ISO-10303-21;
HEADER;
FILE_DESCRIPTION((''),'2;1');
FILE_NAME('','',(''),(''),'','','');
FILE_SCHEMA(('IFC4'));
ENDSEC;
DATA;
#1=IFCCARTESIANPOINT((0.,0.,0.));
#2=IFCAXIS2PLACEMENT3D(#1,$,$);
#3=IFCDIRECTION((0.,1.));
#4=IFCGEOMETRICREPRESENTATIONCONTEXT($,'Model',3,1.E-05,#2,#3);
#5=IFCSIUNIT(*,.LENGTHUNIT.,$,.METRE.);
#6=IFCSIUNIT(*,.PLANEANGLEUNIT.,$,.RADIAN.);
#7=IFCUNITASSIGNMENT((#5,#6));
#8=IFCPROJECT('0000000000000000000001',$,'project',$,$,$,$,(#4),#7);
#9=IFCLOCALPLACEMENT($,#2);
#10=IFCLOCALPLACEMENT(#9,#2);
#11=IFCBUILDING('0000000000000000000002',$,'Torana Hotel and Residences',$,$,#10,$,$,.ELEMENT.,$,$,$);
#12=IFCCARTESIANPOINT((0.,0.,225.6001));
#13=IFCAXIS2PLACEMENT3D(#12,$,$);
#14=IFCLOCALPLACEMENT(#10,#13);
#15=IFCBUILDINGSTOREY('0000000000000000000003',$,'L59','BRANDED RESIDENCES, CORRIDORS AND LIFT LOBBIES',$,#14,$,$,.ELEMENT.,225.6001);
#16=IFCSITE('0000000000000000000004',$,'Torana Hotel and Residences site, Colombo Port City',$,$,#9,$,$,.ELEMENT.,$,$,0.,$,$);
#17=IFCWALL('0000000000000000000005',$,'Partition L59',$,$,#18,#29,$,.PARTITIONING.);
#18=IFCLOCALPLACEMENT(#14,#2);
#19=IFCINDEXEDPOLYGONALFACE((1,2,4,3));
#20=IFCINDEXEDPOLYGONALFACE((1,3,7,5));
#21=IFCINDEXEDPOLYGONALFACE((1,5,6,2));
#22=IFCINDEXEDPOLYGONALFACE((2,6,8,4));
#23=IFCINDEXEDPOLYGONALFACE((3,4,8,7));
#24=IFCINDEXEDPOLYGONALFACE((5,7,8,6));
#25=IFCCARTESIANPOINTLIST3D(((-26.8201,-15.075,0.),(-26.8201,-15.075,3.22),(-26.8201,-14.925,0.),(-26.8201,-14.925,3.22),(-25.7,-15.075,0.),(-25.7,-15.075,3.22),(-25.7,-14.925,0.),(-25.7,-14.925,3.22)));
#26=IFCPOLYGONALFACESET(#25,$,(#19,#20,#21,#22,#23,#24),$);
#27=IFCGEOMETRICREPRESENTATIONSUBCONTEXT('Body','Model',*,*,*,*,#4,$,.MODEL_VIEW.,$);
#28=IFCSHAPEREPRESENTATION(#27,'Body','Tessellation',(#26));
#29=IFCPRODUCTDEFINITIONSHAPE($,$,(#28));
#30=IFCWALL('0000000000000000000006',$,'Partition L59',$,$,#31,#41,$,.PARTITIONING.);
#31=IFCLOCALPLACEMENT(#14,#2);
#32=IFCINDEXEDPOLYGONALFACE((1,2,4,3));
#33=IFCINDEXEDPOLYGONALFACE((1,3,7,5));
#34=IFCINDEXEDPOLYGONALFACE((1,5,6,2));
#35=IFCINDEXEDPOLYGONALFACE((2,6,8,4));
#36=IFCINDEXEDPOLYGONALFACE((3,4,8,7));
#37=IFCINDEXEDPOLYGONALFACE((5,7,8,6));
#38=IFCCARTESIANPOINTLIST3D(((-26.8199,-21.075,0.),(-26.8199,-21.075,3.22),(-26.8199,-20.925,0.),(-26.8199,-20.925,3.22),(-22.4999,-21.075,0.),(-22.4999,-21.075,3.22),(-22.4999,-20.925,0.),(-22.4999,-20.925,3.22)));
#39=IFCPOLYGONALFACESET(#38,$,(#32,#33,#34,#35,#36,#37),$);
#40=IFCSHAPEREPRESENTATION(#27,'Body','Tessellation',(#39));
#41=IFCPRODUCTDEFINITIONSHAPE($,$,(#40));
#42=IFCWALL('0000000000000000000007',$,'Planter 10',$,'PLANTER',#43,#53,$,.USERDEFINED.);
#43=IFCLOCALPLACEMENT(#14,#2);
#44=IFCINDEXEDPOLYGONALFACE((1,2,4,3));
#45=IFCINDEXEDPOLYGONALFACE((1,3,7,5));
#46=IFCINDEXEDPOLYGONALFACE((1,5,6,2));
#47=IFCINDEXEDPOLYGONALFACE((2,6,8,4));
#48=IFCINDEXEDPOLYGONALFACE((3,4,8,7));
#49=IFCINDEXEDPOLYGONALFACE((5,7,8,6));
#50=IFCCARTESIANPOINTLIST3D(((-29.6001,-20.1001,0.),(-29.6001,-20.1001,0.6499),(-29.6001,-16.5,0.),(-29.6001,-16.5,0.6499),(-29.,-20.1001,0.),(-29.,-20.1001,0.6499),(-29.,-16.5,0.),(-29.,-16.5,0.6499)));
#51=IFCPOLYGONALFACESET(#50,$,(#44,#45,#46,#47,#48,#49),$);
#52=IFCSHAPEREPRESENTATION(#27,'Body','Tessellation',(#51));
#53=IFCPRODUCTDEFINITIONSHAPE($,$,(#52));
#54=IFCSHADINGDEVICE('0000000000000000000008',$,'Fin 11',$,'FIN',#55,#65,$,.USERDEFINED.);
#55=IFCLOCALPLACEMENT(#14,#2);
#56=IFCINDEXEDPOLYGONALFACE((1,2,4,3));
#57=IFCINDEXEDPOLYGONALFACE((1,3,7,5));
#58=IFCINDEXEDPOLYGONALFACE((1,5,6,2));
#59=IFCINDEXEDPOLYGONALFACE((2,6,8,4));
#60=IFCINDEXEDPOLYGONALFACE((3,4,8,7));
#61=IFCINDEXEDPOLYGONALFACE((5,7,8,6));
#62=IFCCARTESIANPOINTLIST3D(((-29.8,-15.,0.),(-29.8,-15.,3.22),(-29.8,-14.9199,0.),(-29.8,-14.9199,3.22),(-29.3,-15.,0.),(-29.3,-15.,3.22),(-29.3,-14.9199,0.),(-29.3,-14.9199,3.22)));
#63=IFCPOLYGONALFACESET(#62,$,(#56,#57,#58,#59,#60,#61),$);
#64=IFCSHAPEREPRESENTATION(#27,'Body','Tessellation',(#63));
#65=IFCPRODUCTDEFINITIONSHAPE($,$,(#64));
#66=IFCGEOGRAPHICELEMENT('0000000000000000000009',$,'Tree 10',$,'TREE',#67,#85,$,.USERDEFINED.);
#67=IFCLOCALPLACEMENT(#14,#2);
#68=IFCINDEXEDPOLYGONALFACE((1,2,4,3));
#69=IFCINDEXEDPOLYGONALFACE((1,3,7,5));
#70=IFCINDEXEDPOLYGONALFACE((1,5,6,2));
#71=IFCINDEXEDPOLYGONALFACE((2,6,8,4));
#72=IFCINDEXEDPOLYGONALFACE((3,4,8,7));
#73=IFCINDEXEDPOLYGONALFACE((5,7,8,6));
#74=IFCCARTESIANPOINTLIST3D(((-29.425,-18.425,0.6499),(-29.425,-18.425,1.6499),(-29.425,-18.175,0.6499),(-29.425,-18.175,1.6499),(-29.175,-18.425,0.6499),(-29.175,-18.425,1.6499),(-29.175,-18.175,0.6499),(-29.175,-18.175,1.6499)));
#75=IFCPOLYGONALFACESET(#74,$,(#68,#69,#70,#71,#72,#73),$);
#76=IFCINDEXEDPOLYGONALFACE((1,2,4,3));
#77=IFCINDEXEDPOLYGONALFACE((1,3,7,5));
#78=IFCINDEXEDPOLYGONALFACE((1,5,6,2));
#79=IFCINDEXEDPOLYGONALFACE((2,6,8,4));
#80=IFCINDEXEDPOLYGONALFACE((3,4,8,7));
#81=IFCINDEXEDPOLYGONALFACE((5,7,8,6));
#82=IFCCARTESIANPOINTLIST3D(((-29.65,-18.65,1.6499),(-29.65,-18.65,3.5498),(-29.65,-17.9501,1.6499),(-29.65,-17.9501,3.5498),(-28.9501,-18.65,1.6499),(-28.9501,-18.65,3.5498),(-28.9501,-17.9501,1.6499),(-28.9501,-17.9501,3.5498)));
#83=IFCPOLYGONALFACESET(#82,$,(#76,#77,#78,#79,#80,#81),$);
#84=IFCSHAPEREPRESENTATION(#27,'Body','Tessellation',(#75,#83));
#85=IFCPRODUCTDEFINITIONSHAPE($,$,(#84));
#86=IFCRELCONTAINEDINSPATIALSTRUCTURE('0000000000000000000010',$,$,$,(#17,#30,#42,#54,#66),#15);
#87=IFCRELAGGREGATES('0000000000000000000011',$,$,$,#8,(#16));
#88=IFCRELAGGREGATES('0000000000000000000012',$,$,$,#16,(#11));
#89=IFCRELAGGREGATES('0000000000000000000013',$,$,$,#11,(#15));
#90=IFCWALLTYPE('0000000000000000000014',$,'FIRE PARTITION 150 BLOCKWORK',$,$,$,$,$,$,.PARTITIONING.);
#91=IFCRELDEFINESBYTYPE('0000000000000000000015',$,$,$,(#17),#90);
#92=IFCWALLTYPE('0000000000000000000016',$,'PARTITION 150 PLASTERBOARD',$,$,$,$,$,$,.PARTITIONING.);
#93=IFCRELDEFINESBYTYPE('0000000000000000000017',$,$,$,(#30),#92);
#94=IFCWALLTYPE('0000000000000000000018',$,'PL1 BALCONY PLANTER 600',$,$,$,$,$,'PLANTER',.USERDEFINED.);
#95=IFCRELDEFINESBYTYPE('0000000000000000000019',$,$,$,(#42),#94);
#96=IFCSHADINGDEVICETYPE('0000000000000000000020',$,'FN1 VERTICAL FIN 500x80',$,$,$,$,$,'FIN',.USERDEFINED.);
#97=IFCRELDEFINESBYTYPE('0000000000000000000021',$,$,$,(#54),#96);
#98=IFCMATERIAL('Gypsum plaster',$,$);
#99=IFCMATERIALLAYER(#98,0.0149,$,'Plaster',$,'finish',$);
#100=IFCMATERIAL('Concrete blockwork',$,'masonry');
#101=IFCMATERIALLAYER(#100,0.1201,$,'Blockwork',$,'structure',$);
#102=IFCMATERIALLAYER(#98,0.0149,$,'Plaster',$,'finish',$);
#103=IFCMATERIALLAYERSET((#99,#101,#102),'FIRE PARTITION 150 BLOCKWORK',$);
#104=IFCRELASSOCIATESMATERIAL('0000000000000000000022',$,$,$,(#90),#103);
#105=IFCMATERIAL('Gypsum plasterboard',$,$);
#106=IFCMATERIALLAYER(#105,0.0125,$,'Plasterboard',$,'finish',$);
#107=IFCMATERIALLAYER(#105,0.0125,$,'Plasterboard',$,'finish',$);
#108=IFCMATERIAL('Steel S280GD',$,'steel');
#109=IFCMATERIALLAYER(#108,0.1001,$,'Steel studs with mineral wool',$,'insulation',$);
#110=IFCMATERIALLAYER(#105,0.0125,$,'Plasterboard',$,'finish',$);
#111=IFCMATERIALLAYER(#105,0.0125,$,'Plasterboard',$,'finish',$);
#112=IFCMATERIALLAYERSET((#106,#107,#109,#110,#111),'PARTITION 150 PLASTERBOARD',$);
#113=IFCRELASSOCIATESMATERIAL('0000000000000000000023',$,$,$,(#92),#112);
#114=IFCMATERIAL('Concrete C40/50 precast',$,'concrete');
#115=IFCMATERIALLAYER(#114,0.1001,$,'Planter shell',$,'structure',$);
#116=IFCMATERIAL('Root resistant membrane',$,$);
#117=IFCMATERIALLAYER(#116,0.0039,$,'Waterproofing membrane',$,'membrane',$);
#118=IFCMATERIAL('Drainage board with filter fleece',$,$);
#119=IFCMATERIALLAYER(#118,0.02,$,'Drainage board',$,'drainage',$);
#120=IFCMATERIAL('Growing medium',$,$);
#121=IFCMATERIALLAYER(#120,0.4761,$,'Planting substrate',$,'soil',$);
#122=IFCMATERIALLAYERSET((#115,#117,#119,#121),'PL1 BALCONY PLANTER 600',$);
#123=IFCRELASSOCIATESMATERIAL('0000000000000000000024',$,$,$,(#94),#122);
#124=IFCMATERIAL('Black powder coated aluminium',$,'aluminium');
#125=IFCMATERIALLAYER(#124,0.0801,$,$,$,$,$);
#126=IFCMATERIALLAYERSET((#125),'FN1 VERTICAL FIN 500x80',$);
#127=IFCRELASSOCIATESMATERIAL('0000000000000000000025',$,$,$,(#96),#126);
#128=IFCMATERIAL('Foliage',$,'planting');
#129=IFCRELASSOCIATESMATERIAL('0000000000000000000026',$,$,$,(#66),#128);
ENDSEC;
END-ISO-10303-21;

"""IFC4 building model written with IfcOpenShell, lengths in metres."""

from ifc_helpers import new_model, si_unit, direction, frame, frame_2d, origin, origin_2d, place, context, subcontext, project, spatial, rectangle, extrude, material, layer, layer_set, type_object, element, save


model = new_model("IFC4")

# Units and contexts
model_context = context("Model", 3, precision=1e-05, world=origin(), true_north=direction((0.0, 1.0)))
body_context = subcontext(model_context, "Body", "Model", "MODEL_VIEW")
ifc_project = project(units=[si_unit("LENGTHUNIT", "METRE"), si_unit("PLANEANGLEUNIT", "RADIAN")], contexts=[model_context])

# Site, building, storey
site_placement = place(None, origin())
site = spatial("IfcSite", under=ifc_project, at=site_placement, Name="Torana Hotel and Residences site, Colombo Port City", CompositionType="ELEMENT", RefElevation=0.0)
building_placement = place(site_placement, origin())
building = spatial("IfcBuilding", under=site, at=building_placement, Name="Torana Hotel and Residences", CompositionType="ELEMENT")
storey_placement = place(building_placement, frame((0.0, 0.0, 225.6001)))
storey = spatial("IfcBuildingStorey", under=building, at=storey_placement, Name="L59", Description="BRANDED RESIDENCES, CORRIDORS AND LIFT LOBBIES", CompositionType="ELEMENT", Elevation=225.6001)

# Shared definitions
ifc_material_1 = material(Name="Gypsum plaster")
ifc_layer_1 = layer(ifc_material_1, 0.0149, Name="Plaster", Category="finish")
ifc_material_2 = material(Name="Concrete blockwork", Category="masonry")
ifc_layer_2 = layer(ifc_material_2, 0.1201, Name="Blockwork", Category="structure")
ifc_layer_3 = layer(ifc_material_1, 0.0149, Name="Plaster", Category="finish")
ifc_layer_set_1 = layer_set([ifc_layer_1, ifc_layer_2, ifc_layer_3], Name="FIRE PARTITION 150 BLOCKWORK")
wall_type_1 = type_object("IfcWallType", Name="FIRE PARTITION 150 BLOCKWORK", PredefinedType="PARTITIONING", material=ifc_layer_set_1)

# Walls
wall_1_placement = place(storey_placement, frame((-26.8201, -15.0, 0.0), z_axis=(0.0, 0.0, 1.0), x_axis=(1.0, 0.0, 0.0)))
element("IfcWall", 1, at=wall_1_placement, inside=storey, type_object=wall_type_1, Name="Partition L59", PredefinedType="PARTITIONING", context=body_context, shape_type="SweptSolid", body=[
    extrude(rectangle(XDim=1.1201, YDim=0.1499, at=frame_2d((0.5601, 0.0))), origin(), (0.0, 0.0, 1.0), 3.22),
])
ifc_material_3 = material(Name="Gypsum plasterboard")
ifc_layer_4 = layer(ifc_material_3, 0.0125, Name="Plasterboard", Category="finish")
ifc_layer_5 = layer(ifc_material_3, 0.0125, Name="Plasterboard", Category="finish")
ifc_material_4 = material(Name="Steel S280GD", Category="steel")
ifc_layer_6 = layer(ifc_material_4, 0.1001, Name="Steel studs with mineral wool", Category="insulation")
ifc_layer_7 = layer(ifc_material_3, 0.0125, Name="Plasterboard", Category="finish")
ifc_layer_8 = layer(ifc_material_3, 0.0125, Name="Plasterboard", Category="finish")
ifc_layer_set_2 = layer_set([ifc_layer_4, ifc_layer_5, ifc_layer_6, ifc_layer_7, ifc_layer_8], Name="PARTITION 150 PLASTERBOARD")
wall_type_2 = type_object("IfcWallType", Name="PARTITION 150 PLASTERBOARD", PredefinedType="PARTITIONING", material=ifc_layer_set_2)
wall_2_placement = place(storey_placement, frame((-26.8201, -21.0, 0.0), z_axis=(0.0, 0.0, 1.0), x_axis=(1.0, 0.0, 0.0)))
element("IfcWall", 2, at=wall_2_placement, inside=storey, type_object=wall_type_2, Name="Partition L59", PredefinedType="PARTITIONING", context=body_context, shape_type="SweptSolid", body=[
    extrude(rectangle(XDim=4.3201, YDim=0.1499, at=frame_2d((2.1602, 0.0))), origin(), (0.0, 0.0, 1.0), 3.22),
])
ifc_material_5 = material(Name="Concrete C40/50 precast", Category="concrete")
ifc_layer_9 = layer(ifc_material_5, 0.1001, Name="Planter shell", Category="structure")
ifc_material_6 = material(Name="Root resistant membrane")
ifc_layer_10 = layer(ifc_material_6, 0.0039, Name="Waterproofing membrane", Category="membrane")
ifc_material_7 = material(Name="Drainage board with filter fleece")
ifc_layer_11 = layer(ifc_material_7, 0.02, Name="Drainage board", Category="drainage")
ifc_material_8 = material(Name="Growing medium")
ifc_layer_12 = layer(ifc_material_8, 0.4761, Name="Planting substrate", Category="soil")
ifc_layer_set_3 = layer_set([ifc_layer_9, ifc_layer_10, ifc_layer_11, ifc_layer_12], Name="PL1 BALCONY PLANTER 600")
wall_type_3 = type_object("IfcWallType", Name="PL1 BALCONY PLANTER 600", ElementType="PLANTER", PredefinedType="USERDEFINED", material=ifc_layer_set_3)
wall_3_placement = place(storey_placement, frame((-29.3, -20.1001, 0.0), z_axis=(0.0, 0.0, 1.0), x_axis=(0.0, 1.0, 0.0)))
element("IfcWall", 3, at=wall_3_placement, inside=storey, type_object=wall_type_3, Name="Planter 10", ObjectType="PLANTER", PredefinedType="USERDEFINED", context=body_context, shape_type="SweptSolid", body=[
    extrude(rectangle(XDim=3.6001, YDim=0.6001, at=frame_2d((1.8, 0.0))), origin(), (0.0, 0.0, 1.0), 0.6499),
])

# Shading device
ifc_material_9 = material(Name="Black powder coated aluminium", Category="aluminium")
ifc_layer_13 = layer(ifc_material_9, 0.0801)
ifc_layer_set_4 = layer_set([ifc_layer_13], Name="FN1 VERTICAL FIN 500x80")
shading_device_type = type_object("IfcShadingDeviceType", Name="FN1 VERTICAL FIN 500x80", ElementType="FIN", PredefinedType="USERDEFINED", material=ifc_layer_set_4)
shading_device_placement = place(storey_placement, frame((-29.55, -14.96, 0.0), z_axis=(0.0, 0.0, 1.0), x_axis=(0.0, 1.0, 0.0)))
element("IfcShadingDevice", 4, at=shading_device_placement, inside=storey, type_object=shading_device_type, Name="Fin 11", ObjectType="FIN", PredefinedType="USERDEFINED", context=body_context, shape_type="SweptSolid", body=[
    extrude(rectangle(XDim=0.0801, YDim=0.5, at=origin_2d()), origin(), (0.0, 0.0, 1.0), 3.22),
])

# Geographic element
ifc_material_10 = material(Name="Foliage", Category="planting")
geographic_element_placement = place(storey_placement, frame((-29.3, -18.3, 0.6499), z_axis=(0.0, 0.0, 1.0), x_axis=(1.0, 0.0, 0.0)))
element("IfcGeographicElement", 5, at=geographic_element_placement, inside=storey, material=ifc_material_10, Name="Tree 10", ObjectType="TREE", PredefinedType="USERDEFINED", context=body_context, shape_type="SweptSolid", body=[
    extrude(rectangle(XDim=0.25, YDim=0.25, at=origin_2d()), origin(), (0.0, 0.0, 1.0), 1.0),
    extrude(rectangle(XDim=0.7, YDim=0.7, at=origin_2d()), frame((0.0, 0.0, 1.0)), (0.0, 0.0, 1.0), 1.8999),
])

save(model, "model.ifc")
